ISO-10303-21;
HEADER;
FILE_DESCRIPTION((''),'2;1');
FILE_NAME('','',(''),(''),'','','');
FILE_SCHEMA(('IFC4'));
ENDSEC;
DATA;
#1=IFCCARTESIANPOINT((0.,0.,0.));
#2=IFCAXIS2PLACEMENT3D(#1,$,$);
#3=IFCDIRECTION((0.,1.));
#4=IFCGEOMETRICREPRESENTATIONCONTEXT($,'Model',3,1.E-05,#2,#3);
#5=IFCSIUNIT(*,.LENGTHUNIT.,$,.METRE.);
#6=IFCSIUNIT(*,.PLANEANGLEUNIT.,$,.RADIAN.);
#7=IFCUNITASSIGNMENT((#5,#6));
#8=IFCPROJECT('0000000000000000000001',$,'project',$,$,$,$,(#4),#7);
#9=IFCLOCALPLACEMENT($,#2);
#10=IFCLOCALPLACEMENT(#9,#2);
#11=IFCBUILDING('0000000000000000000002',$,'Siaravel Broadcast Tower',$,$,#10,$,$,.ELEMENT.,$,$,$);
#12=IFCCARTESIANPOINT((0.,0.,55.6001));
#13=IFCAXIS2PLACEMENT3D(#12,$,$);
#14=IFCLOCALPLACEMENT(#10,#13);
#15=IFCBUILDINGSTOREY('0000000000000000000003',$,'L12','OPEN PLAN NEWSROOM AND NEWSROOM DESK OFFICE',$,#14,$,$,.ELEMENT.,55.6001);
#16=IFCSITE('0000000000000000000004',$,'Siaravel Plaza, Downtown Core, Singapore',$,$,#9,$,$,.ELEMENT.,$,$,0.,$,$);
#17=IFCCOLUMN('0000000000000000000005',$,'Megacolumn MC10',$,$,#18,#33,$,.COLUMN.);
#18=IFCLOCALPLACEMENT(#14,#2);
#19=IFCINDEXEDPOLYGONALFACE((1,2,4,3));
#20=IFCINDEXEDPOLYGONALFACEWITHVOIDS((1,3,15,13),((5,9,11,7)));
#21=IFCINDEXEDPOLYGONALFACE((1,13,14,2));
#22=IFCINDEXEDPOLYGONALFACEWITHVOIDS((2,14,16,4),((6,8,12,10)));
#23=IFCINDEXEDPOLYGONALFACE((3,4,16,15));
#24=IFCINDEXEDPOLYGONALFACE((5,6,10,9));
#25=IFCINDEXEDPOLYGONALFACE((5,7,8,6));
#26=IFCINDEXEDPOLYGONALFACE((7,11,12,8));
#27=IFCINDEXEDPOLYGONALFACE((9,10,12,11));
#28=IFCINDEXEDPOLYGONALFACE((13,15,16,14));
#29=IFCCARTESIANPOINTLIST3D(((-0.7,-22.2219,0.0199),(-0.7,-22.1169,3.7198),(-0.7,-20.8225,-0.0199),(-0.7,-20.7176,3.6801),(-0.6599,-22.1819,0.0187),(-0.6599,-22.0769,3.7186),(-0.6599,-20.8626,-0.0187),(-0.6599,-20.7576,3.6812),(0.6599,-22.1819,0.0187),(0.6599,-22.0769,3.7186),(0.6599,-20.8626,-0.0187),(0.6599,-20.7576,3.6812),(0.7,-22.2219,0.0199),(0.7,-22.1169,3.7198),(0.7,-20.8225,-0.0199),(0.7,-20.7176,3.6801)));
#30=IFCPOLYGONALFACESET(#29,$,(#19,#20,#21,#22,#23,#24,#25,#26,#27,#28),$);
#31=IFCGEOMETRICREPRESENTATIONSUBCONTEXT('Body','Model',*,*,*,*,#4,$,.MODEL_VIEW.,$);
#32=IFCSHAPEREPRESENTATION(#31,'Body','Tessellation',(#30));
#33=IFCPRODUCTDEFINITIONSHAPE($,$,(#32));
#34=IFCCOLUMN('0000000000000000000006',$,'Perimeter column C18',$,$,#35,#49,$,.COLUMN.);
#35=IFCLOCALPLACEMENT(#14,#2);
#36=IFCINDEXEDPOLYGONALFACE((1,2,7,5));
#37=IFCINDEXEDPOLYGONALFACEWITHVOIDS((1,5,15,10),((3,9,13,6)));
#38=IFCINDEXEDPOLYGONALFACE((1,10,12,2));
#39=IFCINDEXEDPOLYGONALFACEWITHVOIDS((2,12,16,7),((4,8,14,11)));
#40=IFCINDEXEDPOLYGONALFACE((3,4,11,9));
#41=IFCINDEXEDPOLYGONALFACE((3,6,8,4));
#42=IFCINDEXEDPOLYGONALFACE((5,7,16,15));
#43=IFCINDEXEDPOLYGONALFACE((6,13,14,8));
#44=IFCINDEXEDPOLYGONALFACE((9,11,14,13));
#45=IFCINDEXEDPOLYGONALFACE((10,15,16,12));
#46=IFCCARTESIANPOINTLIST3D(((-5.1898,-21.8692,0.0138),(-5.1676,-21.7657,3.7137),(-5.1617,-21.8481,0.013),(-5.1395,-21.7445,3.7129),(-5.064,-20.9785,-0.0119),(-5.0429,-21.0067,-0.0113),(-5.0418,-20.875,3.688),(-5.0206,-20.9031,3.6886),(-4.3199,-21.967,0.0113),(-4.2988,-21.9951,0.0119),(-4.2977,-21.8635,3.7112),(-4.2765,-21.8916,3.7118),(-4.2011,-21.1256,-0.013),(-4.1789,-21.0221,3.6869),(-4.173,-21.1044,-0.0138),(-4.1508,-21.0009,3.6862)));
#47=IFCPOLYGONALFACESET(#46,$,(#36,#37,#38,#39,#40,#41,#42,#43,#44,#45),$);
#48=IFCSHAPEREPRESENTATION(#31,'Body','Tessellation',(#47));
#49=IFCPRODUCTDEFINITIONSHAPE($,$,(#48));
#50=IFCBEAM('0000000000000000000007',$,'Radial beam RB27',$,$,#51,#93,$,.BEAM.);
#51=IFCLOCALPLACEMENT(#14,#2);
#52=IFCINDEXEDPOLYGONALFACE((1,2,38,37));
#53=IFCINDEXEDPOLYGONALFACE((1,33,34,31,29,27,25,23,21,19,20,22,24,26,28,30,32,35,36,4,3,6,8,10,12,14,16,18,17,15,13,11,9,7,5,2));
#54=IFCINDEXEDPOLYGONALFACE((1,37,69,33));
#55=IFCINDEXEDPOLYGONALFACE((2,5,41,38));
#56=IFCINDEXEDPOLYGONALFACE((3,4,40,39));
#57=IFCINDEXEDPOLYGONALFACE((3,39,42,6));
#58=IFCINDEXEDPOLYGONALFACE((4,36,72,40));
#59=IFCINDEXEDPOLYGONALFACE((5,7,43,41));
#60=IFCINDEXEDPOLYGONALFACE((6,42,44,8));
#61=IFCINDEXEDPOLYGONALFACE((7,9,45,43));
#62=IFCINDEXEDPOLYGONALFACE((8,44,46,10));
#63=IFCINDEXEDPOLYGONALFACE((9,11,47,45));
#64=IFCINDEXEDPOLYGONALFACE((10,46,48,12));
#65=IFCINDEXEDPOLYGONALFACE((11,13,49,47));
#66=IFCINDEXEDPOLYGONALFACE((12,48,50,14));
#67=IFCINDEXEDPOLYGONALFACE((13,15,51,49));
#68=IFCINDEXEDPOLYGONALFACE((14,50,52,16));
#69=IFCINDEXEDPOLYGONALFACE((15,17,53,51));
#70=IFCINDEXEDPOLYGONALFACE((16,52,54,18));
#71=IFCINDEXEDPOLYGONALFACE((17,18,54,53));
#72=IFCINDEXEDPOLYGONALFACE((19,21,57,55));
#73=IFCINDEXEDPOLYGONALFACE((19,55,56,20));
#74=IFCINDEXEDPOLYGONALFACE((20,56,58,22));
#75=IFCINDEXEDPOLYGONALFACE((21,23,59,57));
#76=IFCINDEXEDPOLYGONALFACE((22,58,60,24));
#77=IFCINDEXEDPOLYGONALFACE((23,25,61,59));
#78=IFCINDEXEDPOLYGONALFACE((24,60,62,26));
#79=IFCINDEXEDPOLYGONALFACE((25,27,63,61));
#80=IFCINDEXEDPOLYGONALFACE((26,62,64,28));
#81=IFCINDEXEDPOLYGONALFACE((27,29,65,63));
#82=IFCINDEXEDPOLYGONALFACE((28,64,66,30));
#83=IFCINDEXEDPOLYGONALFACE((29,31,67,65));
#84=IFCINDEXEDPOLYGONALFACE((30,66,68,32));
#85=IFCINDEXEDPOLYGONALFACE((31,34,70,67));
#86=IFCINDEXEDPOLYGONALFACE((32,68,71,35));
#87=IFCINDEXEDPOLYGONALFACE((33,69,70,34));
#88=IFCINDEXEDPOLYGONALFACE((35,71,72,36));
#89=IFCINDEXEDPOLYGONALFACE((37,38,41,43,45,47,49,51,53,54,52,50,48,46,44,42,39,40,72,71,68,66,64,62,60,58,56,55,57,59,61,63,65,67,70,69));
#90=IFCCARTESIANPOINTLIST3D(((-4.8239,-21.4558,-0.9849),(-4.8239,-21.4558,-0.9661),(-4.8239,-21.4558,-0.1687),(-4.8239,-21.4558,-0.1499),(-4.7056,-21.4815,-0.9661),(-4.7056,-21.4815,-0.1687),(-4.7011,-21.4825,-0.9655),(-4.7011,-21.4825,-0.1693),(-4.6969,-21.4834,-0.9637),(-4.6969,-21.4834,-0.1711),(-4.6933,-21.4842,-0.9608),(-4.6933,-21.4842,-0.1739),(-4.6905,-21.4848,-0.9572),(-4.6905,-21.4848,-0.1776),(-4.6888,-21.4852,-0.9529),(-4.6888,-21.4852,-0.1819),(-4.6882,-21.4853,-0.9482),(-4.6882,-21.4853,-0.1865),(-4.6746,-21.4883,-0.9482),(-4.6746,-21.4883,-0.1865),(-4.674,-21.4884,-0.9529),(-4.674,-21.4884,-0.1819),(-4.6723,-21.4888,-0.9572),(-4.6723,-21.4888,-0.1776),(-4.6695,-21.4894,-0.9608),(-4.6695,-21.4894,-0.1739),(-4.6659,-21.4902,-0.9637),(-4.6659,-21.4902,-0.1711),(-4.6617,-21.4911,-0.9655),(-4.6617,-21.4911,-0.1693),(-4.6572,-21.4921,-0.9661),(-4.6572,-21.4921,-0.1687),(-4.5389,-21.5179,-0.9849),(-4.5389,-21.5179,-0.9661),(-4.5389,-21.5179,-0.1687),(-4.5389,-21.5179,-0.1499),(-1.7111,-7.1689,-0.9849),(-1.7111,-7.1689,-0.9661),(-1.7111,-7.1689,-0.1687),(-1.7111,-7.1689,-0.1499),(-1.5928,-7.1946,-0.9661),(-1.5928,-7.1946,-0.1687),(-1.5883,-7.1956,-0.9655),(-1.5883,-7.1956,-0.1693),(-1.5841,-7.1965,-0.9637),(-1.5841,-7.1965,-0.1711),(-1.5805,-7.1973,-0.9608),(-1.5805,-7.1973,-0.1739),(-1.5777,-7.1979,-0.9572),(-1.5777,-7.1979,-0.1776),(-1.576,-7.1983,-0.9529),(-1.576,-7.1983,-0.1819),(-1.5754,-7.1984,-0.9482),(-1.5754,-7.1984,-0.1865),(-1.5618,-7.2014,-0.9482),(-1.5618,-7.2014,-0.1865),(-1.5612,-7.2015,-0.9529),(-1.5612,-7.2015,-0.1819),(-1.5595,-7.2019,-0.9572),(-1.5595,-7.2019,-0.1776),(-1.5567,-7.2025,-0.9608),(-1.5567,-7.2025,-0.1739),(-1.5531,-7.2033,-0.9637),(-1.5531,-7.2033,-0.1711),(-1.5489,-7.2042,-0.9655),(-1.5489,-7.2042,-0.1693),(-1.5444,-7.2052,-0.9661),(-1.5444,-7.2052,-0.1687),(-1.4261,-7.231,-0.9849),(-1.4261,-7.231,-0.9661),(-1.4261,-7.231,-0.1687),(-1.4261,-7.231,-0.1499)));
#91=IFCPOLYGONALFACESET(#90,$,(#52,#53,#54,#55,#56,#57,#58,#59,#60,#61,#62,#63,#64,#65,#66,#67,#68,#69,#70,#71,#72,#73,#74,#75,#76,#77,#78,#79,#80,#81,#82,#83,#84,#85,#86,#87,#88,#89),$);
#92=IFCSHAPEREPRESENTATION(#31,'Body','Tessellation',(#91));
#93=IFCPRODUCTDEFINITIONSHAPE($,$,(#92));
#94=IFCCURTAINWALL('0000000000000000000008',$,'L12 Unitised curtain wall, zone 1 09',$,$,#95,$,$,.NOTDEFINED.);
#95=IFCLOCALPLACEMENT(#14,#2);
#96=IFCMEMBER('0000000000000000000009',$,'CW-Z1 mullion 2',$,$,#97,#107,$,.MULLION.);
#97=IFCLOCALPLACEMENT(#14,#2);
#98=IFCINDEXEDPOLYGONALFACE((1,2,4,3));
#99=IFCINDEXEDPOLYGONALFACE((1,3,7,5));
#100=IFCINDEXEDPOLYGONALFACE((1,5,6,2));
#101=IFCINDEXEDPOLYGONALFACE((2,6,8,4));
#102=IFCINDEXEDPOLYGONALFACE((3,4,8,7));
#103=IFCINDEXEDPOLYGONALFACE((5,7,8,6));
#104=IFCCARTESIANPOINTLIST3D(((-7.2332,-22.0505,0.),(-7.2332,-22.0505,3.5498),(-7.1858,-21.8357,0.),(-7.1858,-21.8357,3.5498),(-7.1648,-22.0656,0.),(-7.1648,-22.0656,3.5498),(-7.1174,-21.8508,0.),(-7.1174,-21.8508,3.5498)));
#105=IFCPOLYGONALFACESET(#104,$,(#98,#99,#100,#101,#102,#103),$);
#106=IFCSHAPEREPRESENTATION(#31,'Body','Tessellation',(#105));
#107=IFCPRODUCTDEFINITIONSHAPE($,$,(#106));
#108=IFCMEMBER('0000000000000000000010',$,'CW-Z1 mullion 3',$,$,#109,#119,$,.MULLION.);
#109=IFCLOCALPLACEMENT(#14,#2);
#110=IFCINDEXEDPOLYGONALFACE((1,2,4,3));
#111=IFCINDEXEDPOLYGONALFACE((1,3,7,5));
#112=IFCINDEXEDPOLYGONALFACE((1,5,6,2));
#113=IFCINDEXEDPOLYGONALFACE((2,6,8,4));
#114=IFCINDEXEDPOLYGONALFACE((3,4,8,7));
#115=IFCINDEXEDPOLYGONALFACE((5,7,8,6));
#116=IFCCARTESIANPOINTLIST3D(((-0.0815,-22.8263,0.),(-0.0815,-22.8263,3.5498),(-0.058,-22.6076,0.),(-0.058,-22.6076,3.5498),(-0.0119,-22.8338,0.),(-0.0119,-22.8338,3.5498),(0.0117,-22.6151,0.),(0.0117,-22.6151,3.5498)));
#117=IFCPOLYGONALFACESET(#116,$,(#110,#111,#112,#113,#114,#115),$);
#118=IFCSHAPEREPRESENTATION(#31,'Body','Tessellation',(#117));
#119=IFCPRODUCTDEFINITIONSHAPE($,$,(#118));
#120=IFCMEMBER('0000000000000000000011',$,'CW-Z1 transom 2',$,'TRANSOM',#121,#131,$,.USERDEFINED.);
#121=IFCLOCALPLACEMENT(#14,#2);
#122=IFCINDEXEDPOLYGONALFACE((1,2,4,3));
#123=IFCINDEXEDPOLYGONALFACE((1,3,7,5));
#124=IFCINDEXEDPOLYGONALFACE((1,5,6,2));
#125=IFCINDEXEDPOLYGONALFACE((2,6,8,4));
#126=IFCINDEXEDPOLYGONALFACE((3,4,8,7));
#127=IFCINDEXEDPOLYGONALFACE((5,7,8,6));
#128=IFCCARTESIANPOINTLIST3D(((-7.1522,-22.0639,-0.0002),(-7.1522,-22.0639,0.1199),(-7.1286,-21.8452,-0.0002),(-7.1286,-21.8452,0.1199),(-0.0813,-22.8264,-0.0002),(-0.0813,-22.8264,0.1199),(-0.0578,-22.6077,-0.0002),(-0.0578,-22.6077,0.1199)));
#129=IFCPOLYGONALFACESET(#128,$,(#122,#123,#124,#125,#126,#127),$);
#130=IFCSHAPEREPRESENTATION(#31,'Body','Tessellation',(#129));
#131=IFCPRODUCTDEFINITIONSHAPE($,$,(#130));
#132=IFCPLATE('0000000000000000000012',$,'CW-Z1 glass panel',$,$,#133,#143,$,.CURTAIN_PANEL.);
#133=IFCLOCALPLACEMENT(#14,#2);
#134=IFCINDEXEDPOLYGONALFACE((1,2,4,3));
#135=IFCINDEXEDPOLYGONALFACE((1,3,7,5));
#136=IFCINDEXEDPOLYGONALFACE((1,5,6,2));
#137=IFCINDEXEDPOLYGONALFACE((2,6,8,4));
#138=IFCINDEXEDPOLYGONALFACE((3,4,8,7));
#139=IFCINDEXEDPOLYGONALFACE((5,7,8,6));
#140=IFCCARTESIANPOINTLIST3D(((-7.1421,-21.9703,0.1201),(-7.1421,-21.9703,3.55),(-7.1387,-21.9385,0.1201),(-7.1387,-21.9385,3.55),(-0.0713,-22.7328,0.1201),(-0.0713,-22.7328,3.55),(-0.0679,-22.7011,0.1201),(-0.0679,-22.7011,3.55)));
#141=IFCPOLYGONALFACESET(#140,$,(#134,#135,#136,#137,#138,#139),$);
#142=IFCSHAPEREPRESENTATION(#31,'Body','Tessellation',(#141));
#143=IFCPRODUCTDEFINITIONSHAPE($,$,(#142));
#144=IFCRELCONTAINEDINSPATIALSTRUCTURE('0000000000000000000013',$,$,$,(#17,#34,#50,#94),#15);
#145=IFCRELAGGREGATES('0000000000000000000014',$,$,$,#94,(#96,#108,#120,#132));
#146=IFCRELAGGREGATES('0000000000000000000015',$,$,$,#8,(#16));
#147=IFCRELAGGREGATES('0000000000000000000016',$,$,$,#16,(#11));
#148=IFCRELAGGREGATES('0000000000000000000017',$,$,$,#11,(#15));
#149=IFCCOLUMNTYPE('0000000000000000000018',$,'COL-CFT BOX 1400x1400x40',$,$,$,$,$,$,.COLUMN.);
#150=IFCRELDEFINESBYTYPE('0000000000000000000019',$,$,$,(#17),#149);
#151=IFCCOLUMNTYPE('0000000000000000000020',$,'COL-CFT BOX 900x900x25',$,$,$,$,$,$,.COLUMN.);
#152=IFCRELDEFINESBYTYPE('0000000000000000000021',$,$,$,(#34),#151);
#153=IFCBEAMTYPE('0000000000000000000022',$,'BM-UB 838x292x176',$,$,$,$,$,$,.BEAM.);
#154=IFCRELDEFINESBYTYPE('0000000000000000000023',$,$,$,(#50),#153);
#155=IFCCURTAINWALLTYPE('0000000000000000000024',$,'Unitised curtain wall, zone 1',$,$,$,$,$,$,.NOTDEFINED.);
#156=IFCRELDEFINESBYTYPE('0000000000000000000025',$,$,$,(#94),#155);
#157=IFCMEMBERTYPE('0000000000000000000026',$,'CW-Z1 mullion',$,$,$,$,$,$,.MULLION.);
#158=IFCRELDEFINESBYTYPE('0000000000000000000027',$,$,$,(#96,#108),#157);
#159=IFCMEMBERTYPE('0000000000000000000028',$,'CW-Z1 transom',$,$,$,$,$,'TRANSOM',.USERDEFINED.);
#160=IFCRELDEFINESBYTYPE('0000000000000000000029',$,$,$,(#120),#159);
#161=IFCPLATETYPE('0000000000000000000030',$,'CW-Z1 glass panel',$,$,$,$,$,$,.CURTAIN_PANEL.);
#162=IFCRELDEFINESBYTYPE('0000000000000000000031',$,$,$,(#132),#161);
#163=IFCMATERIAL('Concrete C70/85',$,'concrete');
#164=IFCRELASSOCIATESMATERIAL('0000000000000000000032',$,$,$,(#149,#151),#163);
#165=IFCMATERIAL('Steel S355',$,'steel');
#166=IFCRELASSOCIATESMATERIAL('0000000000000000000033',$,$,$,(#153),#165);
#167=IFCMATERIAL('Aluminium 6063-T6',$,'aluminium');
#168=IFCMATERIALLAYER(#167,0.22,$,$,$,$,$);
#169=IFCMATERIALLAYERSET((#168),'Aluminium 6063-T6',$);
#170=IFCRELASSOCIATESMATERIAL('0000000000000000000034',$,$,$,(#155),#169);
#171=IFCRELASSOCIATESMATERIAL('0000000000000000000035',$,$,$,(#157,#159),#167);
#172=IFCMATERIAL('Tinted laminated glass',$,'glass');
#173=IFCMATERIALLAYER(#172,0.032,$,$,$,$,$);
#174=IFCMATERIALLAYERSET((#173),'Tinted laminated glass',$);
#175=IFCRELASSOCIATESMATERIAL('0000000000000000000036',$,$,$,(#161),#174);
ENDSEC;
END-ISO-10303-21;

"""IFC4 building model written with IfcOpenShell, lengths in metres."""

from ifc_helpers import new_model, si_unit, direction, frame, origin, origin_2d, place, context, subcontext, project, spatial, rectangle, hollow_rectangle, i_section, extrude, material, layer, layer_set, material_profile, profile_set, type_object, element, aggregate, save


model = new_model("IFC4")

# Units and contexts
model_context = context("Model", 3, precision=1e-05, world=origin(), true_north=direction((0.0, 1.0)))
body_context = subcontext(model_context, "Body", "Model", "MODEL_VIEW")
ifc_project = project(units=[si_unit("LENGTHUNIT", "METRE"), si_unit("PLANEANGLEUNIT", "RADIAN")], contexts=[model_context])

# Site, building, storey
site_placement = place(None, origin())
site = spatial("IfcSite", under=ifc_project, at=site_placement, Name="Siaravel Plaza, Downtown Core, Singapore", CompositionType="ELEMENT", RefElevation=0.0)
building_placement = place(site_placement, origin())
building = spatial("IfcBuilding", under=site, at=building_placement, Name="Siaravel Broadcast Tower", CompositionType="ELEMENT")
storey_placement = place(building_placement, frame((0.0, 0.0, 55.6001)))
storey = spatial("IfcBuildingStorey", under=building, at=storey_placement, Name="L12", Description="OPEN PLAN NEWSROOM AND NEWSROOM DESK OFFICE", CompositionType="ELEMENT", Elevation=55.6001)

# Columns
ifc_material_1 = material(Name="Concrete C70/85", Category="concrete")
ifc_material_profile_1 = material_profile(ifc_material_1, hollow_rectangle(XDim=1.3999, YDim=1.3999, WallThickness=0.04, at=origin_2d()))
ifc_profile_set_1 = profile_set([ifc_material_profile_1], Name="Concrete C70/85")
column_type_1 = type_object("IfcColumnType", Name="COL-CFT BOX 1400x1400x40", PredefinedType="COLUMN", material=ifc_profile_set_1)
column_1_placement = place(storey_placement, frame((0.0, -21.5222, 0.0), z_axis=(0.0, 0.028362, 0.999598), x_axis=(-1.0, 0.0, 0.0)))
element("IfcColumn", 1, at=column_1_placement, inside=storey, type_object=column_type_1, Name="Megacolumn MC10", PredefinedType="COLUMN", context=body_context, shape_type="SweptSolid", body=[
    extrude(hollow_rectangle(XDim=1.3999, YDim=1.3999, WallThickness=0.04, at=origin_2d()), origin(), (0.0, 0.0, 1.0), 3.7014),
])
ifc_material_profile_2 = material_profile(ifc_material_1, hollow_rectangle(XDim=0.8999, YDim=0.8999, WallThickness=0.0249, at=origin_2d()))
ifc_profile_set_2 = profile_set([ifc_material_profile_2], Name="Concrete C70/85")
column_type_2 = type_object("IfcColumnType", Name="COL-CFT BOX 900x900x25", PredefinedType="COLUMN", material=ifc_profile_set_2)
column_2_placement = place(storey_placement, frame((-4.6814, -21.4868, 0.0), z_axis=(0.006002, 0.027966, 0.999591), x_axis=(-0.990164, 0.139896, 0.002032)))
element("IfcColumn", 2, at=column_2_placement, inside=storey, type_object=column_type_2, Name="Perimeter column C18", PredefinedType="COLUMN", context=body_context, shape_type="SweptSolid", body=[
    extrude(hollow_rectangle(XDim=0.8999, YDim=0.8999, WallThickness=0.0249, at=origin_2d()), origin(), (0.0, 0.0, 1.0), 3.7014),
])

# Beam
ifc_material_2 = material(Name="Steel S355", Category="steel")
ifc_material_profile_3 = material_profile(ifc_material_2, i_section(OverallWidth=0.2917, OverallDepth=0.835, WebThickness=0.0139, FlangeThickness=0.0188, FilletRadius=0.0178, at=origin_2d()))
ifc_profile_set_3 = profile_set([ifc_material_profile_3], Name="Steel S355")
beam_type = type_object("IfcBeamType", Name="BM-UB 838x292x176", PredefinedType="BEAM", material=ifc_profile_set_3)
beam_placement = place(storey_placement, frame((-4.6814, -21.4868, -0.5674), z_axis=(0.212884, 0.977078, 0.0), x_axis=(-0.977078, 0.212884, 0.0)))
element("IfcBeam", 3, at=beam_placement, inside=storey, type_object=beam_type, Name="Radial beam RB27", PredefinedType="BEAM", context=body_context, shape_type="SweptSolid", body=[
    extrude(i_section(OverallWidth=0.2917, OverallDepth=0.835, WebThickness=0.0139, FlangeThickness=0.0188, FilletRadius=0.0178, at=origin_2d()), origin(), (0.0, 0.0, 1.0), 14.6221),
])

# Curtain wall, members, plate
ifc_material_3 = material(Name="Aluminium 6063-T6", Category="aluminium")
ifc_layer_1 = layer(ifc_material_3, 0.22)
ifc_layer_set_1 = layer_set([ifc_layer_1], Name="Aluminium 6063-T6")
curtain_wall_type = type_object("IfcCurtainWallType", Name="Unitised curtain wall, zone 1", PredefinedType="NOTDEFINED", material=ifc_layer_set_1)
curtain_wall_placement = place(storey_placement, origin())
curtain_wall = element("IfcCurtainWall", 4, at=curtain_wall_placement, inside=storey, type_object=curtain_wall_type, Name="L12 Unitised curtain wall, zone 1 09", PredefinedType="NOTDEFINED")
ifc_material_profile_4 = material_profile(ifc_material_3, rectangle(XDim=0.22, YDim=0.0701, at=origin_2d()))
ifc_profile_set_4 = profile_set([ifc_material_profile_4], Name="Aluminium 6063-T6")
member_type_1 = type_object("IfcMemberType", Name="CW-Z1 mullion", PredefinedType="MULLION", material=ifc_profile_set_4)
member_1_placement = place(storey_placement, frame((-7.1753, -21.9507, 0.0), z_axis=(0.0, 0.0, 1.0), x_axis=(0.215558, 0.976491, 0.0)))
member_1 = element("IfcMember", 5, at=member_1_placement, type_object=member_type_1, Name="CW-Z1 mullion 2", PredefinedType="MULLION", context=body_context, shape_type="SweptSolid", body=[
    extrude(rectangle(XDim=0.22, YDim=0.0701, at=origin_2d()), origin(), (0.0, 0.0, 1.0), 3.5498),
])
member_2_placement = place(storey_placement, frame((-0.0349, -22.7207, 0.0), z_axis=(0.0, 0.0, 1.0), x_axis=(0.107218, 0.994236, 0.0)))
member_2 = element("IfcMember", 6, at=member_2_placement, type_object=member_type_1, Name="CW-Z1 mullion 3", PredefinedType="MULLION", context=body_context, shape_type="SweptSolid", body=[
    extrude(rectangle(XDim=0.22, YDim=0.0701, at=origin_2d()), origin(), (0.0, 0.0, 1.0), 3.5498),
])
ifc_material_profile_5 = material_profile(ifc_material_3, rectangle(XDim=0.22, YDim=0.1201, at=origin_2d()))
ifc_profile_set_5 = profile_set([ifc_material_profile_5], Name="Aluminium 6063-T6")
member_type_2 = type_object("IfcMemberType", Name="CW-Z1 transom", ElementType="TRANSOM", PredefinedType="USERDEFINED", material=ifc_profile_set_5)
member_3_placement = place(storey_placement, frame((-7.1404, -21.9546, 0.0598), z_axis=(0.994236, -0.107209, 0.0), x_axis=(0.107209, 0.994236, 0.0)))
member_3 = element("IfcMember", 7, at=member_3_placement, type_object=member_type_2, Name="CW-Z1 transom 2", ObjectType="TRANSOM", PredefinedType="USERDEFINED", context=body_context, shape_type="SweptSolid", body=[
    extrude(rectangle(XDim=0.22, YDim=0.1201, at=origin_2d()), origin(), (0.0, 0.0, 1.0), 7.1118),
])
ifc_material_4 = material(Name="Tinted laminated glass", Category="glass")
ifc_layer_2 = layer(ifc_material_4, 0.032)
ifc_layer_set_2 = layer_set([ifc_layer_2], Name="Tinted laminated glass")
plate_type = type_object("IfcPlateType", Name="CW-Z1 glass panel", PredefinedType="CURTAIN_PANEL", material=ifc_layer_set_2)
plate_placement = place(storey_placement, frame((-3.605, -22.3357, 0.1201), z_axis=(0.0, 0.0, 1.0), x_axis=(0.994236, -0.107218, 0.0)))
plate = element("IfcPlate", 8, at=plate_placement, type_object=plate_type, Name="CW-Z1 glass panel", PredefinedType="CURTAIN_PANEL", context=body_context, shape_type="SweptSolid", body=[
    extrude(rectangle(XDim=7.1118, YDim=0.032, at=origin_2d()), origin(), (0.0, 0.0, 1.0), 3.4299),
])
aggregate(curtain_wall, [member_1, member_2, member_3, plate])

save(model, "model.ifc")
